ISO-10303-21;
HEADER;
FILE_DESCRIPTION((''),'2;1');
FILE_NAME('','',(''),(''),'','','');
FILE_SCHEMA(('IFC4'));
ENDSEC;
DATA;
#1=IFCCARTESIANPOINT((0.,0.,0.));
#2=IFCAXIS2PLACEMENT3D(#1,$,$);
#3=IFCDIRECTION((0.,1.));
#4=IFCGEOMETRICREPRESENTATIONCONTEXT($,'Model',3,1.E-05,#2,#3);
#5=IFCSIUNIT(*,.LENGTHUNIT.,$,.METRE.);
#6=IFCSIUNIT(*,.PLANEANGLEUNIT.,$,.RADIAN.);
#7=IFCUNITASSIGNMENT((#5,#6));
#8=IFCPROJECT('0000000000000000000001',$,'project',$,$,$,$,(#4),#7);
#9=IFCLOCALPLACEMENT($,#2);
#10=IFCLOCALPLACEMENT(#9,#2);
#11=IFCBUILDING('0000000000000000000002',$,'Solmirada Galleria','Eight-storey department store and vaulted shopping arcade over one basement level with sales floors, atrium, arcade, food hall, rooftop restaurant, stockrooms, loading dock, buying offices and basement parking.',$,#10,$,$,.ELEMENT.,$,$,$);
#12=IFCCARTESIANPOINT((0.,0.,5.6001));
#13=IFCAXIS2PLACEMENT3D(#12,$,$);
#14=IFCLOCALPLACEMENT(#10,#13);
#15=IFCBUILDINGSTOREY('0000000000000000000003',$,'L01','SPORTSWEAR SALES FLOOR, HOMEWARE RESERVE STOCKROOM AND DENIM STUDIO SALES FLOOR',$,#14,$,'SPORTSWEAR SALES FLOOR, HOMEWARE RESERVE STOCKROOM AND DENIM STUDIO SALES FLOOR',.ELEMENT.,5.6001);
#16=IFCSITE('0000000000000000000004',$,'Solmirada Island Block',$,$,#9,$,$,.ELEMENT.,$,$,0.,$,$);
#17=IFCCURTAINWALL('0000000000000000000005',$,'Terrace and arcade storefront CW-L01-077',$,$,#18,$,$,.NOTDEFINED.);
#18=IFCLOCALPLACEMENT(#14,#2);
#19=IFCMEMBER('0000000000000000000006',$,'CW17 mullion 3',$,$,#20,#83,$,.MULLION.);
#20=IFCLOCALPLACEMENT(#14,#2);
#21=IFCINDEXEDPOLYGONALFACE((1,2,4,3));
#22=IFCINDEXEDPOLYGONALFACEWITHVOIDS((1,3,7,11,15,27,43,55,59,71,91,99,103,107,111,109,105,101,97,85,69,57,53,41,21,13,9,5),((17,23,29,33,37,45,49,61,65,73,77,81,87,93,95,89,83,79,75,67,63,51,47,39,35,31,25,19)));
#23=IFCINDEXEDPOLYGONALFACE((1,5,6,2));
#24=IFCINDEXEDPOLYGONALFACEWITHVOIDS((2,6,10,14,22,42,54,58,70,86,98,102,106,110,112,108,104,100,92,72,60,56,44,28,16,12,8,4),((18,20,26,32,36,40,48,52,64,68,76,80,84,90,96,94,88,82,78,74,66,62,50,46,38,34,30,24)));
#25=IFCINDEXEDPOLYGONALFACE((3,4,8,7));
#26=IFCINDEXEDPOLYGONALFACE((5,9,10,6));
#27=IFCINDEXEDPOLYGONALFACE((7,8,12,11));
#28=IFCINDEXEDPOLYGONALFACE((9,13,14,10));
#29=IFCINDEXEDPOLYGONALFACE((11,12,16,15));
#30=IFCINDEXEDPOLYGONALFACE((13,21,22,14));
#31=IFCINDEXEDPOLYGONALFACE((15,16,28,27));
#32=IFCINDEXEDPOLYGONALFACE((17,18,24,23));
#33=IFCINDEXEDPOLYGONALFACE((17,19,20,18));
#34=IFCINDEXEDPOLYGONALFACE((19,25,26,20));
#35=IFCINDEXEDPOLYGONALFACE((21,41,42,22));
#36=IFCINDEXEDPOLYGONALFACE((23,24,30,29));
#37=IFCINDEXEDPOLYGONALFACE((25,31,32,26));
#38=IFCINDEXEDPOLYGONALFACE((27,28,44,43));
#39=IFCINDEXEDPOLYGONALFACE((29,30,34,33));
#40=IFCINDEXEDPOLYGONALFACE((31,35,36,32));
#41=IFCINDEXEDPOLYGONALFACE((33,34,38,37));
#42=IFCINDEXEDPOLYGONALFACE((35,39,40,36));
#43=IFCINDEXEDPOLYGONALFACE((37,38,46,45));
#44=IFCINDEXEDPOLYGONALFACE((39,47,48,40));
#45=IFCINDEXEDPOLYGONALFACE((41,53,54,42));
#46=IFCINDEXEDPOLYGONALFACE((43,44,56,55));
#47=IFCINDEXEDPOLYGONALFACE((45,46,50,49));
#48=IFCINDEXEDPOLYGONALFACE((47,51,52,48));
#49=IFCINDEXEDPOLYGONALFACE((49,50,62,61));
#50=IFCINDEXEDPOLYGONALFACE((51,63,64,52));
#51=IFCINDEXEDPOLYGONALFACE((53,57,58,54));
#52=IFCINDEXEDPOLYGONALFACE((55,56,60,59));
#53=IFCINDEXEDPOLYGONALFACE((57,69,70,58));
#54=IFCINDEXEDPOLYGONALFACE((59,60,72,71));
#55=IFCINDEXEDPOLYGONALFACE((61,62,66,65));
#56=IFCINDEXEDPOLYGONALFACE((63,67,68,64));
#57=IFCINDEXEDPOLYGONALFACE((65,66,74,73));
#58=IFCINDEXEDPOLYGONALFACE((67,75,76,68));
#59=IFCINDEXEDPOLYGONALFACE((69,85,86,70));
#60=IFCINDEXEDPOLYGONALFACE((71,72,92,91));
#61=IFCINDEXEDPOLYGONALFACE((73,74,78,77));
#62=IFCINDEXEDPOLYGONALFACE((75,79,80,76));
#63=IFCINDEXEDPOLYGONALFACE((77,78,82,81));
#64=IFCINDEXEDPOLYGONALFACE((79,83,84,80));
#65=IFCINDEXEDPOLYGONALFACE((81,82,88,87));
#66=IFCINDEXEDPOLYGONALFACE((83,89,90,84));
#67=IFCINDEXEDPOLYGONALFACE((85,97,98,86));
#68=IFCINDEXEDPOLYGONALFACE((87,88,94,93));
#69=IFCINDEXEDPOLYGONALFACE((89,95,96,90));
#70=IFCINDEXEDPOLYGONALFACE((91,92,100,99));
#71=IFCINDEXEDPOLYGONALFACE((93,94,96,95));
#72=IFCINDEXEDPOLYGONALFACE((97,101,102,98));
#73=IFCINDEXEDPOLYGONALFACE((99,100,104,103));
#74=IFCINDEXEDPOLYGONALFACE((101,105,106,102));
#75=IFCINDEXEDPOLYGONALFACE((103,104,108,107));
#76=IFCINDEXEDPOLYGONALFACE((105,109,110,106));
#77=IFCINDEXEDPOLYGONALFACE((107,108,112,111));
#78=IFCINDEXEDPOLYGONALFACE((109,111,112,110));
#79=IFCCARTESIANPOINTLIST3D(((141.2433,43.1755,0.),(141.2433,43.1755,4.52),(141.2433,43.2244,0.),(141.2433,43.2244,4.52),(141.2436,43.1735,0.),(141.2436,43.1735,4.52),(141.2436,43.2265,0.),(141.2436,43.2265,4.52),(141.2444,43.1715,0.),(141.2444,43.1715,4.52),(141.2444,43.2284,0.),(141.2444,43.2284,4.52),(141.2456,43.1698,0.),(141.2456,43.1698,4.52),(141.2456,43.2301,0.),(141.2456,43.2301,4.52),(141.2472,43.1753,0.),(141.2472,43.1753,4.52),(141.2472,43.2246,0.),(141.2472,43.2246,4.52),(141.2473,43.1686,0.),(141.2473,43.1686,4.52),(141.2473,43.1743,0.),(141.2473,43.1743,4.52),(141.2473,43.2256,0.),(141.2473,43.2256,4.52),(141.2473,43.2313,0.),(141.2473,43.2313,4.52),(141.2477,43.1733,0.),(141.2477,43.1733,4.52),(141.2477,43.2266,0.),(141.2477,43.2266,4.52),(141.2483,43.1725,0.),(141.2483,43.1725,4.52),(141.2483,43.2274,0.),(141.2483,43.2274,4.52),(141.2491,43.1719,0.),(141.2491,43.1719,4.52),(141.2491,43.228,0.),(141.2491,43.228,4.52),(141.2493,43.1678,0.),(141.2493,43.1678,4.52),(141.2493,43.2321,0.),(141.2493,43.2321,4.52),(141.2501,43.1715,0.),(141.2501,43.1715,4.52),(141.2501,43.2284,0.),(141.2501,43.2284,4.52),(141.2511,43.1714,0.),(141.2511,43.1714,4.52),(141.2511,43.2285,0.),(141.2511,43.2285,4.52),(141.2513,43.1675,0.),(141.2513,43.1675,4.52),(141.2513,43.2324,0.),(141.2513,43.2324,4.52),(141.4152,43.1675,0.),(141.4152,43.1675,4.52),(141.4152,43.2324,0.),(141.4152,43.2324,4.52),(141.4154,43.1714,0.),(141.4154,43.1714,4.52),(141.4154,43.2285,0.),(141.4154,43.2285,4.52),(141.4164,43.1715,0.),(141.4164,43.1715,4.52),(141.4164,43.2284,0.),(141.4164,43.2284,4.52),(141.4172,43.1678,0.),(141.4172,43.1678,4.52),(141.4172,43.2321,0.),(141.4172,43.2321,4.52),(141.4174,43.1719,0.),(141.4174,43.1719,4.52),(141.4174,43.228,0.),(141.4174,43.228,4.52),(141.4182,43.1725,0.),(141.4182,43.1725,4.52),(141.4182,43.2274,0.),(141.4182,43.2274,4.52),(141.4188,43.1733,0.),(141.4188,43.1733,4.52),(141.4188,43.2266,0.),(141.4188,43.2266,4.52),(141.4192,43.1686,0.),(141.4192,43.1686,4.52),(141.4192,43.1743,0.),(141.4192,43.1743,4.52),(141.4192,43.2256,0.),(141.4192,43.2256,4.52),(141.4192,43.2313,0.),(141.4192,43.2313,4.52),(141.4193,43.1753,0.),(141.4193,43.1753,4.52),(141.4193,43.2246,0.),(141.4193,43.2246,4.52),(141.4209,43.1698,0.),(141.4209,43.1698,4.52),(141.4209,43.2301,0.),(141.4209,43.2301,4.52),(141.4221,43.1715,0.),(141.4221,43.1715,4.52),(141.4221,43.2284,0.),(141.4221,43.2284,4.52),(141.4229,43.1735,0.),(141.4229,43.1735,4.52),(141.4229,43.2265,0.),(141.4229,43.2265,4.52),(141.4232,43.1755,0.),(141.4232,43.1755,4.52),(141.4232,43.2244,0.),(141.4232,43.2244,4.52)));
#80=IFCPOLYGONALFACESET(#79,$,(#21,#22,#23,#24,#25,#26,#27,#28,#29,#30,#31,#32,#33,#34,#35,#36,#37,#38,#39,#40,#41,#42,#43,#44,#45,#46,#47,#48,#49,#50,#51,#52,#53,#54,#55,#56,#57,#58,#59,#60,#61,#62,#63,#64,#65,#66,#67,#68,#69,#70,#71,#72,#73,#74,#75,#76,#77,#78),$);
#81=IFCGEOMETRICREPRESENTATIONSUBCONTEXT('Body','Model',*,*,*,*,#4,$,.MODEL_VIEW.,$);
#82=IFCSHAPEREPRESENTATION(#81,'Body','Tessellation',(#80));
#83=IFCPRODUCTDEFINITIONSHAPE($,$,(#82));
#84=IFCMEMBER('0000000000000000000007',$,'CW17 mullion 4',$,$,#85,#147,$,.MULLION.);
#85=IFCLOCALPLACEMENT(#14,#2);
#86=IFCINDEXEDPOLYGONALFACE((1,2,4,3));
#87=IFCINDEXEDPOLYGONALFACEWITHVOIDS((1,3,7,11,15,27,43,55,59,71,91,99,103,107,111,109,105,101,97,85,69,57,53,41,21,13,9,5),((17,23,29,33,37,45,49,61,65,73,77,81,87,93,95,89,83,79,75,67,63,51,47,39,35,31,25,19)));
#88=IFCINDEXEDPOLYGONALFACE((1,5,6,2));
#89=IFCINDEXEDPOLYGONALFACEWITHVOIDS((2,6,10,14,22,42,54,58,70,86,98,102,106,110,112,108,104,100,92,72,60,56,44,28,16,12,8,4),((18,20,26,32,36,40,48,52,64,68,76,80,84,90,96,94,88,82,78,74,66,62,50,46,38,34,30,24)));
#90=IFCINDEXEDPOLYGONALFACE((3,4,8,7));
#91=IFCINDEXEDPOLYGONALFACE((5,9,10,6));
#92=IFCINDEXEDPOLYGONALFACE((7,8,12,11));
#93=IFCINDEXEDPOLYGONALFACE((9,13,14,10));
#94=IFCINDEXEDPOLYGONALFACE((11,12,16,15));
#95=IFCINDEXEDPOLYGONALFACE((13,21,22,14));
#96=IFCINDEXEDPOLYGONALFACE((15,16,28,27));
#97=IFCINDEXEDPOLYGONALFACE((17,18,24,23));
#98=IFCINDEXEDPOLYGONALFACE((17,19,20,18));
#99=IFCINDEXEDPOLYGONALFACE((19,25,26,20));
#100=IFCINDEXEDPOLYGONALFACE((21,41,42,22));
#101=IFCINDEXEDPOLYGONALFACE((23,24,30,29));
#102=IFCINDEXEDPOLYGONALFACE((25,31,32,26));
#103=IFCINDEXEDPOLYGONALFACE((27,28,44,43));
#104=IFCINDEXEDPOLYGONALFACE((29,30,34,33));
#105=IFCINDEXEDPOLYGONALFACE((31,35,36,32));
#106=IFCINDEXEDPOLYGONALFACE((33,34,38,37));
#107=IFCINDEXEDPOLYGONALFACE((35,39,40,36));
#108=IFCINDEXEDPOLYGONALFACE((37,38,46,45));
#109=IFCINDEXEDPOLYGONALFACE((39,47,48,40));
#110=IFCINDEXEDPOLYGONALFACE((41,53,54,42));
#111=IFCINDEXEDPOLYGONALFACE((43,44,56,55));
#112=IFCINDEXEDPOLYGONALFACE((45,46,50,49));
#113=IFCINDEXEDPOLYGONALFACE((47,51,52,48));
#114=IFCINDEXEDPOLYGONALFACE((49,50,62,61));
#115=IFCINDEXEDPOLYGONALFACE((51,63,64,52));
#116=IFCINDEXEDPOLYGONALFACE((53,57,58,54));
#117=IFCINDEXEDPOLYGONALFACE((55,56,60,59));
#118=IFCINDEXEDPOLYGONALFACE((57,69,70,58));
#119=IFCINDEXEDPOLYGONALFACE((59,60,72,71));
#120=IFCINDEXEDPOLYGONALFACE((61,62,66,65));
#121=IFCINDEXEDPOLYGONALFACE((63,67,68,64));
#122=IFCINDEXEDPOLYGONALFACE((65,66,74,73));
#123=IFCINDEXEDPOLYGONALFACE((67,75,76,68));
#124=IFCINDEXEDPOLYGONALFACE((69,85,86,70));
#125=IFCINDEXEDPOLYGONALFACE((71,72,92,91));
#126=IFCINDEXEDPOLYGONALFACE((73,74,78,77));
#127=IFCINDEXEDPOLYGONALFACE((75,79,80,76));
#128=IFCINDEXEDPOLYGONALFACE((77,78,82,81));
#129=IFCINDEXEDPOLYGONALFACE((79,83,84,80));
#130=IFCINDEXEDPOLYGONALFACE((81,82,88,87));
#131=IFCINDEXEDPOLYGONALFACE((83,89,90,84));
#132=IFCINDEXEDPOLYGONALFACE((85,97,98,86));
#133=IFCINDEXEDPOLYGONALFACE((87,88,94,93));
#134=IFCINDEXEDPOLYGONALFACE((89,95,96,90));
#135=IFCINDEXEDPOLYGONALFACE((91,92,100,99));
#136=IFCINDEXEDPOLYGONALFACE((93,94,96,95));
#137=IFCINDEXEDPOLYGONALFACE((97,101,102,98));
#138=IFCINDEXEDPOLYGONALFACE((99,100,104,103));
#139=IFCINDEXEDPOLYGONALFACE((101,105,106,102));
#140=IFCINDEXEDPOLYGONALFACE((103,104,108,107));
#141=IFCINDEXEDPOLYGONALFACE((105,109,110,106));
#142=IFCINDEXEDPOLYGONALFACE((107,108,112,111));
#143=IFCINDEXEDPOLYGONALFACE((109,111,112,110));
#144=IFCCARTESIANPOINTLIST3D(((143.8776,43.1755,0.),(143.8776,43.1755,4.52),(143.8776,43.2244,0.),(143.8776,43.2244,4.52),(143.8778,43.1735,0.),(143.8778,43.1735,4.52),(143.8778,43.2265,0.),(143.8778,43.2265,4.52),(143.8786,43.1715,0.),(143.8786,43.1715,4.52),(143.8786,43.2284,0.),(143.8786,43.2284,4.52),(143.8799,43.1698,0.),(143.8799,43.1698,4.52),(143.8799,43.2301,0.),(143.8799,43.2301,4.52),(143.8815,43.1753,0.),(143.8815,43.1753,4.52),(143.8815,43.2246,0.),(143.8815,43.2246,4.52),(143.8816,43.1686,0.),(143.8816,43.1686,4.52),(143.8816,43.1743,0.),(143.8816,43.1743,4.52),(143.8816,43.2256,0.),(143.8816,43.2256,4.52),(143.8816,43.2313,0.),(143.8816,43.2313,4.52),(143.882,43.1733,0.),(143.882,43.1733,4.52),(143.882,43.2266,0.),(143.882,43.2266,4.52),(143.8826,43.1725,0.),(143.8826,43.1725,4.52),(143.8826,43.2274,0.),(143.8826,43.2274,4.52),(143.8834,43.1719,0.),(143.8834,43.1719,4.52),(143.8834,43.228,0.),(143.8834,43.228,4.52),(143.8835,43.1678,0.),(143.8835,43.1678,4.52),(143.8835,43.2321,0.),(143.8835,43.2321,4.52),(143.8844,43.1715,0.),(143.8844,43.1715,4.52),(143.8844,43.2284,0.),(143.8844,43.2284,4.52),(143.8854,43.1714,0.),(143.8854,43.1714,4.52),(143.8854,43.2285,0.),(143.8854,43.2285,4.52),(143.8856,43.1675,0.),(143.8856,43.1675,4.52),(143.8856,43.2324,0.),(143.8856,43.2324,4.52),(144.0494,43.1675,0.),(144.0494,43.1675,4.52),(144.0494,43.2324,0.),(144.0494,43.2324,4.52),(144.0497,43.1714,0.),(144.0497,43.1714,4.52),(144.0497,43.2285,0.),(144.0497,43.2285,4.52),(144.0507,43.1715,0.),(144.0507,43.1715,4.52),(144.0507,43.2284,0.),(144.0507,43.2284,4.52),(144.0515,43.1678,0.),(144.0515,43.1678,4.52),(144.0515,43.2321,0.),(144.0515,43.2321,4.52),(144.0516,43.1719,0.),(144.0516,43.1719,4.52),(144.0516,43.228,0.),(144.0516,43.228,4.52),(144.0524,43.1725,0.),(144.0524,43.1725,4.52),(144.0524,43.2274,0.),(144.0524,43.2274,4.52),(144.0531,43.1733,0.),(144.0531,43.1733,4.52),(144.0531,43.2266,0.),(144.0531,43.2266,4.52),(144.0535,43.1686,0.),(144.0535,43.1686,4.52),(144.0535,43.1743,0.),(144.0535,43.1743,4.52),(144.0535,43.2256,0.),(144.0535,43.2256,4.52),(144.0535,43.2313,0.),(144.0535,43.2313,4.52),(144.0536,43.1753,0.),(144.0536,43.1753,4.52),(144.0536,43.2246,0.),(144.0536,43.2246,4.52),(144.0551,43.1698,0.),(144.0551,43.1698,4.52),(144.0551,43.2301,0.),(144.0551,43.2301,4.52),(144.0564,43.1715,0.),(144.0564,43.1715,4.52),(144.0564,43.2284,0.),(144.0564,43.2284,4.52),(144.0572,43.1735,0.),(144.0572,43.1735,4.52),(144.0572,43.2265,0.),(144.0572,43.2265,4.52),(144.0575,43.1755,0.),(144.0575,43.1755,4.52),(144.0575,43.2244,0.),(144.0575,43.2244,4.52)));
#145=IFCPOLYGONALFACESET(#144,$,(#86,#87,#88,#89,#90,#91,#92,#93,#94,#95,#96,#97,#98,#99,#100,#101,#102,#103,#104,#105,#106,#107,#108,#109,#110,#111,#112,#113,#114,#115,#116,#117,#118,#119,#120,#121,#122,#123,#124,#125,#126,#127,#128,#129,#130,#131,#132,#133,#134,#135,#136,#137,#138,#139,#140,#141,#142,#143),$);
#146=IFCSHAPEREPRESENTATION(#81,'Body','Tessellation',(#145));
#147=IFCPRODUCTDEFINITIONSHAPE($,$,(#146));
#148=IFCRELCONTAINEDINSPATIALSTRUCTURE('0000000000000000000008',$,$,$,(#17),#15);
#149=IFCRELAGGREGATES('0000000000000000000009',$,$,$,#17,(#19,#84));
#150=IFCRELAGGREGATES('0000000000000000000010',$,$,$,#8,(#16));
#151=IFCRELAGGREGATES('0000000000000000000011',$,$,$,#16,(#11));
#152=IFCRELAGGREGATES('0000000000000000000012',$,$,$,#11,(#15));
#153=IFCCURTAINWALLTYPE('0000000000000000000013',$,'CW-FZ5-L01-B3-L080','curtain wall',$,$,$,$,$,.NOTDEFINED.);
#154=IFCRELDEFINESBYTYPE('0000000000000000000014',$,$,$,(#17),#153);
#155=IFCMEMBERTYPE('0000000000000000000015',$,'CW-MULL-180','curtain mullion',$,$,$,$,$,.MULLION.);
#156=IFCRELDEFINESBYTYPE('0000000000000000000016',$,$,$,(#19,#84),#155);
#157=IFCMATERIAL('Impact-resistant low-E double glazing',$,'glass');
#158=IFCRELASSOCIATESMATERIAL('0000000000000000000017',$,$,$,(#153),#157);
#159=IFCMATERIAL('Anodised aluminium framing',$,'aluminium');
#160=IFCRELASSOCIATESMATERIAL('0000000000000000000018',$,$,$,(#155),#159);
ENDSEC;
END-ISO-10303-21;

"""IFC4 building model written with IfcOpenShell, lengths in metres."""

from ifc_helpers import new_model, si_unit, direction, frame, origin, origin_2d, place, context, subcontext, project, spatial, hollow_rectangle, extrude, material, material_profile, profile_set, type_object, element, aggregate, save


model = new_model("IFC4")

# Units and contexts
model_context = context("Model", 3, precision=1e-05, world=origin(), true_north=direction((0.0, 1.0)))
body_context = subcontext(model_context, "Body", "Model", "MODEL_VIEW")
ifc_project = project(units=[si_unit("LENGTHUNIT", "METRE"), si_unit("PLANEANGLEUNIT", "RADIAN")], contexts=[model_context])

# Site, building, storey
site_placement = place(None, origin())
site = spatial("IfcSite", under=ifc_project, at=site_placement, Name="Solmirada Island Block", CompositionType="ELEMENT", RefElevation=0.0)
building_placement = place(site_placement, origin())
building = spatial("IfcBuilding", under=site, at=building_placement, Name="Solmirada Galleria", Description="Eight-storey department store and vaulted shopping arcade over one basement level with sales floors, atrium, arcade, food hall, rooftop restaurant, stockrooms, loading dock, buying offices and basement parking.", CompositionType="ELEMENT")
storey_placement = place(building_placement, frame((0.0, 0.0, 5.6001)))
storey = spatial("IfcBuildingStorey", under=building, at=storey_placement, Name="L01", Description="SPORTSWEAR SALES FLOOR, HOMEWARE RESERVE STOCKROOM AND DENIM STUDIO SALES FLOOR", LongName="SPORTSWEAR SALES FLOOR, HOMEWARE RESERVE STOCKROOM AND DENIM STUDIO SALES FLOOR", CompositionType="ELEMENT", Elevation=5.6001)

# Curtain wall, members
ifc_material_1 = material(Name="Impact-resistant low-E double glazing", Category="glass")
curtain_wall_type = type_object("IfcCurtainWallType", Name="CW-FZ5-L01-B3-L080", Description="curtain wall", PredefinedType="NOTDEFINED", material=ifc_material_1)
curtain_wall_placement = place(storey_placement, origin())
curtain_wall = element("IfcCurtainWall", 1, at=curtain_wall_placement, inside=storey, type_object=curtain_wall_type, Name="Terrace and arcade storefront CW-L01-077", PredefinedType="NOTDEFINED")
ifc_material_2 = material(Name="Anodised aluminium framing", Category="aluminium")
ifc_material_profile_1 = material_profile(ifc_material_2, hollow_rectangle(XDim=0.0649, YDim=0.1799, WallThickness=0.0039, InnerFilletRadius=0.0039, OuterFilletRadius=0.0081, at=origin_2d()), Name="ALU-MULL-180X65")
ifc_profile_set_1 = profile_set([ifc_material_profile_1], Name="Anodised aluminium framing")
member_type_1 = type_object("IfcMemberType", Name="CW-MULL-180", Description="curtain mullion", PredefinedType="MULLION", material=ifc_profile_set_1)
member_1_placement = place(storey_placement, frame((141.3333, 43.2, 0.0), z_axis=(0.0, 0.0, 1.0), x_axis=(0.0, 1.0, 0.0)))
member_1 = element("IfcMember", 2, at=member_1_placement, type_object=member_type_1, Name="CW17 mullion 3", PredefinedType="MULLION", context=body_context, shape_type="SweptSolid", body=[
    extrude(hollow_rectangle(XDim=0.0649, YDim=0.1799, WallThickness=0.0039, InnerFilletRadius=0.0039, OuterFilletRadius=0.0081, at=origin_2d()), origin(), (0.0, 0.0, 1.0), 4.52),
])
member_2_placement = place(storey_placement, frame((143.9675, 43.2, 0.0), z_axis=(0.0, 0.0, 1.0), x_axis=(0.0, 1.0, 0.0)))
member_2 = element("IfcMember", 3, at=member_2_placement, type_object=member_type_1, Name="CW17 mullion 4", PredefinedType="MULLION", context=body_context, shape_type="SweptSolid", body=[
    extrude(hollow_rectangle(XDim=0.0649, YDim=0.1799, WallThickness=0.0039, InnerFilletRadius=0.0039, OuterFilletRadius=0.0081, at=origin_2d()), origin(), (0.0, 0.0, 1.0), 4.52),
])
aggregate(curtain_wall, [member_1, member_2])

save(model, "model.ifc")
